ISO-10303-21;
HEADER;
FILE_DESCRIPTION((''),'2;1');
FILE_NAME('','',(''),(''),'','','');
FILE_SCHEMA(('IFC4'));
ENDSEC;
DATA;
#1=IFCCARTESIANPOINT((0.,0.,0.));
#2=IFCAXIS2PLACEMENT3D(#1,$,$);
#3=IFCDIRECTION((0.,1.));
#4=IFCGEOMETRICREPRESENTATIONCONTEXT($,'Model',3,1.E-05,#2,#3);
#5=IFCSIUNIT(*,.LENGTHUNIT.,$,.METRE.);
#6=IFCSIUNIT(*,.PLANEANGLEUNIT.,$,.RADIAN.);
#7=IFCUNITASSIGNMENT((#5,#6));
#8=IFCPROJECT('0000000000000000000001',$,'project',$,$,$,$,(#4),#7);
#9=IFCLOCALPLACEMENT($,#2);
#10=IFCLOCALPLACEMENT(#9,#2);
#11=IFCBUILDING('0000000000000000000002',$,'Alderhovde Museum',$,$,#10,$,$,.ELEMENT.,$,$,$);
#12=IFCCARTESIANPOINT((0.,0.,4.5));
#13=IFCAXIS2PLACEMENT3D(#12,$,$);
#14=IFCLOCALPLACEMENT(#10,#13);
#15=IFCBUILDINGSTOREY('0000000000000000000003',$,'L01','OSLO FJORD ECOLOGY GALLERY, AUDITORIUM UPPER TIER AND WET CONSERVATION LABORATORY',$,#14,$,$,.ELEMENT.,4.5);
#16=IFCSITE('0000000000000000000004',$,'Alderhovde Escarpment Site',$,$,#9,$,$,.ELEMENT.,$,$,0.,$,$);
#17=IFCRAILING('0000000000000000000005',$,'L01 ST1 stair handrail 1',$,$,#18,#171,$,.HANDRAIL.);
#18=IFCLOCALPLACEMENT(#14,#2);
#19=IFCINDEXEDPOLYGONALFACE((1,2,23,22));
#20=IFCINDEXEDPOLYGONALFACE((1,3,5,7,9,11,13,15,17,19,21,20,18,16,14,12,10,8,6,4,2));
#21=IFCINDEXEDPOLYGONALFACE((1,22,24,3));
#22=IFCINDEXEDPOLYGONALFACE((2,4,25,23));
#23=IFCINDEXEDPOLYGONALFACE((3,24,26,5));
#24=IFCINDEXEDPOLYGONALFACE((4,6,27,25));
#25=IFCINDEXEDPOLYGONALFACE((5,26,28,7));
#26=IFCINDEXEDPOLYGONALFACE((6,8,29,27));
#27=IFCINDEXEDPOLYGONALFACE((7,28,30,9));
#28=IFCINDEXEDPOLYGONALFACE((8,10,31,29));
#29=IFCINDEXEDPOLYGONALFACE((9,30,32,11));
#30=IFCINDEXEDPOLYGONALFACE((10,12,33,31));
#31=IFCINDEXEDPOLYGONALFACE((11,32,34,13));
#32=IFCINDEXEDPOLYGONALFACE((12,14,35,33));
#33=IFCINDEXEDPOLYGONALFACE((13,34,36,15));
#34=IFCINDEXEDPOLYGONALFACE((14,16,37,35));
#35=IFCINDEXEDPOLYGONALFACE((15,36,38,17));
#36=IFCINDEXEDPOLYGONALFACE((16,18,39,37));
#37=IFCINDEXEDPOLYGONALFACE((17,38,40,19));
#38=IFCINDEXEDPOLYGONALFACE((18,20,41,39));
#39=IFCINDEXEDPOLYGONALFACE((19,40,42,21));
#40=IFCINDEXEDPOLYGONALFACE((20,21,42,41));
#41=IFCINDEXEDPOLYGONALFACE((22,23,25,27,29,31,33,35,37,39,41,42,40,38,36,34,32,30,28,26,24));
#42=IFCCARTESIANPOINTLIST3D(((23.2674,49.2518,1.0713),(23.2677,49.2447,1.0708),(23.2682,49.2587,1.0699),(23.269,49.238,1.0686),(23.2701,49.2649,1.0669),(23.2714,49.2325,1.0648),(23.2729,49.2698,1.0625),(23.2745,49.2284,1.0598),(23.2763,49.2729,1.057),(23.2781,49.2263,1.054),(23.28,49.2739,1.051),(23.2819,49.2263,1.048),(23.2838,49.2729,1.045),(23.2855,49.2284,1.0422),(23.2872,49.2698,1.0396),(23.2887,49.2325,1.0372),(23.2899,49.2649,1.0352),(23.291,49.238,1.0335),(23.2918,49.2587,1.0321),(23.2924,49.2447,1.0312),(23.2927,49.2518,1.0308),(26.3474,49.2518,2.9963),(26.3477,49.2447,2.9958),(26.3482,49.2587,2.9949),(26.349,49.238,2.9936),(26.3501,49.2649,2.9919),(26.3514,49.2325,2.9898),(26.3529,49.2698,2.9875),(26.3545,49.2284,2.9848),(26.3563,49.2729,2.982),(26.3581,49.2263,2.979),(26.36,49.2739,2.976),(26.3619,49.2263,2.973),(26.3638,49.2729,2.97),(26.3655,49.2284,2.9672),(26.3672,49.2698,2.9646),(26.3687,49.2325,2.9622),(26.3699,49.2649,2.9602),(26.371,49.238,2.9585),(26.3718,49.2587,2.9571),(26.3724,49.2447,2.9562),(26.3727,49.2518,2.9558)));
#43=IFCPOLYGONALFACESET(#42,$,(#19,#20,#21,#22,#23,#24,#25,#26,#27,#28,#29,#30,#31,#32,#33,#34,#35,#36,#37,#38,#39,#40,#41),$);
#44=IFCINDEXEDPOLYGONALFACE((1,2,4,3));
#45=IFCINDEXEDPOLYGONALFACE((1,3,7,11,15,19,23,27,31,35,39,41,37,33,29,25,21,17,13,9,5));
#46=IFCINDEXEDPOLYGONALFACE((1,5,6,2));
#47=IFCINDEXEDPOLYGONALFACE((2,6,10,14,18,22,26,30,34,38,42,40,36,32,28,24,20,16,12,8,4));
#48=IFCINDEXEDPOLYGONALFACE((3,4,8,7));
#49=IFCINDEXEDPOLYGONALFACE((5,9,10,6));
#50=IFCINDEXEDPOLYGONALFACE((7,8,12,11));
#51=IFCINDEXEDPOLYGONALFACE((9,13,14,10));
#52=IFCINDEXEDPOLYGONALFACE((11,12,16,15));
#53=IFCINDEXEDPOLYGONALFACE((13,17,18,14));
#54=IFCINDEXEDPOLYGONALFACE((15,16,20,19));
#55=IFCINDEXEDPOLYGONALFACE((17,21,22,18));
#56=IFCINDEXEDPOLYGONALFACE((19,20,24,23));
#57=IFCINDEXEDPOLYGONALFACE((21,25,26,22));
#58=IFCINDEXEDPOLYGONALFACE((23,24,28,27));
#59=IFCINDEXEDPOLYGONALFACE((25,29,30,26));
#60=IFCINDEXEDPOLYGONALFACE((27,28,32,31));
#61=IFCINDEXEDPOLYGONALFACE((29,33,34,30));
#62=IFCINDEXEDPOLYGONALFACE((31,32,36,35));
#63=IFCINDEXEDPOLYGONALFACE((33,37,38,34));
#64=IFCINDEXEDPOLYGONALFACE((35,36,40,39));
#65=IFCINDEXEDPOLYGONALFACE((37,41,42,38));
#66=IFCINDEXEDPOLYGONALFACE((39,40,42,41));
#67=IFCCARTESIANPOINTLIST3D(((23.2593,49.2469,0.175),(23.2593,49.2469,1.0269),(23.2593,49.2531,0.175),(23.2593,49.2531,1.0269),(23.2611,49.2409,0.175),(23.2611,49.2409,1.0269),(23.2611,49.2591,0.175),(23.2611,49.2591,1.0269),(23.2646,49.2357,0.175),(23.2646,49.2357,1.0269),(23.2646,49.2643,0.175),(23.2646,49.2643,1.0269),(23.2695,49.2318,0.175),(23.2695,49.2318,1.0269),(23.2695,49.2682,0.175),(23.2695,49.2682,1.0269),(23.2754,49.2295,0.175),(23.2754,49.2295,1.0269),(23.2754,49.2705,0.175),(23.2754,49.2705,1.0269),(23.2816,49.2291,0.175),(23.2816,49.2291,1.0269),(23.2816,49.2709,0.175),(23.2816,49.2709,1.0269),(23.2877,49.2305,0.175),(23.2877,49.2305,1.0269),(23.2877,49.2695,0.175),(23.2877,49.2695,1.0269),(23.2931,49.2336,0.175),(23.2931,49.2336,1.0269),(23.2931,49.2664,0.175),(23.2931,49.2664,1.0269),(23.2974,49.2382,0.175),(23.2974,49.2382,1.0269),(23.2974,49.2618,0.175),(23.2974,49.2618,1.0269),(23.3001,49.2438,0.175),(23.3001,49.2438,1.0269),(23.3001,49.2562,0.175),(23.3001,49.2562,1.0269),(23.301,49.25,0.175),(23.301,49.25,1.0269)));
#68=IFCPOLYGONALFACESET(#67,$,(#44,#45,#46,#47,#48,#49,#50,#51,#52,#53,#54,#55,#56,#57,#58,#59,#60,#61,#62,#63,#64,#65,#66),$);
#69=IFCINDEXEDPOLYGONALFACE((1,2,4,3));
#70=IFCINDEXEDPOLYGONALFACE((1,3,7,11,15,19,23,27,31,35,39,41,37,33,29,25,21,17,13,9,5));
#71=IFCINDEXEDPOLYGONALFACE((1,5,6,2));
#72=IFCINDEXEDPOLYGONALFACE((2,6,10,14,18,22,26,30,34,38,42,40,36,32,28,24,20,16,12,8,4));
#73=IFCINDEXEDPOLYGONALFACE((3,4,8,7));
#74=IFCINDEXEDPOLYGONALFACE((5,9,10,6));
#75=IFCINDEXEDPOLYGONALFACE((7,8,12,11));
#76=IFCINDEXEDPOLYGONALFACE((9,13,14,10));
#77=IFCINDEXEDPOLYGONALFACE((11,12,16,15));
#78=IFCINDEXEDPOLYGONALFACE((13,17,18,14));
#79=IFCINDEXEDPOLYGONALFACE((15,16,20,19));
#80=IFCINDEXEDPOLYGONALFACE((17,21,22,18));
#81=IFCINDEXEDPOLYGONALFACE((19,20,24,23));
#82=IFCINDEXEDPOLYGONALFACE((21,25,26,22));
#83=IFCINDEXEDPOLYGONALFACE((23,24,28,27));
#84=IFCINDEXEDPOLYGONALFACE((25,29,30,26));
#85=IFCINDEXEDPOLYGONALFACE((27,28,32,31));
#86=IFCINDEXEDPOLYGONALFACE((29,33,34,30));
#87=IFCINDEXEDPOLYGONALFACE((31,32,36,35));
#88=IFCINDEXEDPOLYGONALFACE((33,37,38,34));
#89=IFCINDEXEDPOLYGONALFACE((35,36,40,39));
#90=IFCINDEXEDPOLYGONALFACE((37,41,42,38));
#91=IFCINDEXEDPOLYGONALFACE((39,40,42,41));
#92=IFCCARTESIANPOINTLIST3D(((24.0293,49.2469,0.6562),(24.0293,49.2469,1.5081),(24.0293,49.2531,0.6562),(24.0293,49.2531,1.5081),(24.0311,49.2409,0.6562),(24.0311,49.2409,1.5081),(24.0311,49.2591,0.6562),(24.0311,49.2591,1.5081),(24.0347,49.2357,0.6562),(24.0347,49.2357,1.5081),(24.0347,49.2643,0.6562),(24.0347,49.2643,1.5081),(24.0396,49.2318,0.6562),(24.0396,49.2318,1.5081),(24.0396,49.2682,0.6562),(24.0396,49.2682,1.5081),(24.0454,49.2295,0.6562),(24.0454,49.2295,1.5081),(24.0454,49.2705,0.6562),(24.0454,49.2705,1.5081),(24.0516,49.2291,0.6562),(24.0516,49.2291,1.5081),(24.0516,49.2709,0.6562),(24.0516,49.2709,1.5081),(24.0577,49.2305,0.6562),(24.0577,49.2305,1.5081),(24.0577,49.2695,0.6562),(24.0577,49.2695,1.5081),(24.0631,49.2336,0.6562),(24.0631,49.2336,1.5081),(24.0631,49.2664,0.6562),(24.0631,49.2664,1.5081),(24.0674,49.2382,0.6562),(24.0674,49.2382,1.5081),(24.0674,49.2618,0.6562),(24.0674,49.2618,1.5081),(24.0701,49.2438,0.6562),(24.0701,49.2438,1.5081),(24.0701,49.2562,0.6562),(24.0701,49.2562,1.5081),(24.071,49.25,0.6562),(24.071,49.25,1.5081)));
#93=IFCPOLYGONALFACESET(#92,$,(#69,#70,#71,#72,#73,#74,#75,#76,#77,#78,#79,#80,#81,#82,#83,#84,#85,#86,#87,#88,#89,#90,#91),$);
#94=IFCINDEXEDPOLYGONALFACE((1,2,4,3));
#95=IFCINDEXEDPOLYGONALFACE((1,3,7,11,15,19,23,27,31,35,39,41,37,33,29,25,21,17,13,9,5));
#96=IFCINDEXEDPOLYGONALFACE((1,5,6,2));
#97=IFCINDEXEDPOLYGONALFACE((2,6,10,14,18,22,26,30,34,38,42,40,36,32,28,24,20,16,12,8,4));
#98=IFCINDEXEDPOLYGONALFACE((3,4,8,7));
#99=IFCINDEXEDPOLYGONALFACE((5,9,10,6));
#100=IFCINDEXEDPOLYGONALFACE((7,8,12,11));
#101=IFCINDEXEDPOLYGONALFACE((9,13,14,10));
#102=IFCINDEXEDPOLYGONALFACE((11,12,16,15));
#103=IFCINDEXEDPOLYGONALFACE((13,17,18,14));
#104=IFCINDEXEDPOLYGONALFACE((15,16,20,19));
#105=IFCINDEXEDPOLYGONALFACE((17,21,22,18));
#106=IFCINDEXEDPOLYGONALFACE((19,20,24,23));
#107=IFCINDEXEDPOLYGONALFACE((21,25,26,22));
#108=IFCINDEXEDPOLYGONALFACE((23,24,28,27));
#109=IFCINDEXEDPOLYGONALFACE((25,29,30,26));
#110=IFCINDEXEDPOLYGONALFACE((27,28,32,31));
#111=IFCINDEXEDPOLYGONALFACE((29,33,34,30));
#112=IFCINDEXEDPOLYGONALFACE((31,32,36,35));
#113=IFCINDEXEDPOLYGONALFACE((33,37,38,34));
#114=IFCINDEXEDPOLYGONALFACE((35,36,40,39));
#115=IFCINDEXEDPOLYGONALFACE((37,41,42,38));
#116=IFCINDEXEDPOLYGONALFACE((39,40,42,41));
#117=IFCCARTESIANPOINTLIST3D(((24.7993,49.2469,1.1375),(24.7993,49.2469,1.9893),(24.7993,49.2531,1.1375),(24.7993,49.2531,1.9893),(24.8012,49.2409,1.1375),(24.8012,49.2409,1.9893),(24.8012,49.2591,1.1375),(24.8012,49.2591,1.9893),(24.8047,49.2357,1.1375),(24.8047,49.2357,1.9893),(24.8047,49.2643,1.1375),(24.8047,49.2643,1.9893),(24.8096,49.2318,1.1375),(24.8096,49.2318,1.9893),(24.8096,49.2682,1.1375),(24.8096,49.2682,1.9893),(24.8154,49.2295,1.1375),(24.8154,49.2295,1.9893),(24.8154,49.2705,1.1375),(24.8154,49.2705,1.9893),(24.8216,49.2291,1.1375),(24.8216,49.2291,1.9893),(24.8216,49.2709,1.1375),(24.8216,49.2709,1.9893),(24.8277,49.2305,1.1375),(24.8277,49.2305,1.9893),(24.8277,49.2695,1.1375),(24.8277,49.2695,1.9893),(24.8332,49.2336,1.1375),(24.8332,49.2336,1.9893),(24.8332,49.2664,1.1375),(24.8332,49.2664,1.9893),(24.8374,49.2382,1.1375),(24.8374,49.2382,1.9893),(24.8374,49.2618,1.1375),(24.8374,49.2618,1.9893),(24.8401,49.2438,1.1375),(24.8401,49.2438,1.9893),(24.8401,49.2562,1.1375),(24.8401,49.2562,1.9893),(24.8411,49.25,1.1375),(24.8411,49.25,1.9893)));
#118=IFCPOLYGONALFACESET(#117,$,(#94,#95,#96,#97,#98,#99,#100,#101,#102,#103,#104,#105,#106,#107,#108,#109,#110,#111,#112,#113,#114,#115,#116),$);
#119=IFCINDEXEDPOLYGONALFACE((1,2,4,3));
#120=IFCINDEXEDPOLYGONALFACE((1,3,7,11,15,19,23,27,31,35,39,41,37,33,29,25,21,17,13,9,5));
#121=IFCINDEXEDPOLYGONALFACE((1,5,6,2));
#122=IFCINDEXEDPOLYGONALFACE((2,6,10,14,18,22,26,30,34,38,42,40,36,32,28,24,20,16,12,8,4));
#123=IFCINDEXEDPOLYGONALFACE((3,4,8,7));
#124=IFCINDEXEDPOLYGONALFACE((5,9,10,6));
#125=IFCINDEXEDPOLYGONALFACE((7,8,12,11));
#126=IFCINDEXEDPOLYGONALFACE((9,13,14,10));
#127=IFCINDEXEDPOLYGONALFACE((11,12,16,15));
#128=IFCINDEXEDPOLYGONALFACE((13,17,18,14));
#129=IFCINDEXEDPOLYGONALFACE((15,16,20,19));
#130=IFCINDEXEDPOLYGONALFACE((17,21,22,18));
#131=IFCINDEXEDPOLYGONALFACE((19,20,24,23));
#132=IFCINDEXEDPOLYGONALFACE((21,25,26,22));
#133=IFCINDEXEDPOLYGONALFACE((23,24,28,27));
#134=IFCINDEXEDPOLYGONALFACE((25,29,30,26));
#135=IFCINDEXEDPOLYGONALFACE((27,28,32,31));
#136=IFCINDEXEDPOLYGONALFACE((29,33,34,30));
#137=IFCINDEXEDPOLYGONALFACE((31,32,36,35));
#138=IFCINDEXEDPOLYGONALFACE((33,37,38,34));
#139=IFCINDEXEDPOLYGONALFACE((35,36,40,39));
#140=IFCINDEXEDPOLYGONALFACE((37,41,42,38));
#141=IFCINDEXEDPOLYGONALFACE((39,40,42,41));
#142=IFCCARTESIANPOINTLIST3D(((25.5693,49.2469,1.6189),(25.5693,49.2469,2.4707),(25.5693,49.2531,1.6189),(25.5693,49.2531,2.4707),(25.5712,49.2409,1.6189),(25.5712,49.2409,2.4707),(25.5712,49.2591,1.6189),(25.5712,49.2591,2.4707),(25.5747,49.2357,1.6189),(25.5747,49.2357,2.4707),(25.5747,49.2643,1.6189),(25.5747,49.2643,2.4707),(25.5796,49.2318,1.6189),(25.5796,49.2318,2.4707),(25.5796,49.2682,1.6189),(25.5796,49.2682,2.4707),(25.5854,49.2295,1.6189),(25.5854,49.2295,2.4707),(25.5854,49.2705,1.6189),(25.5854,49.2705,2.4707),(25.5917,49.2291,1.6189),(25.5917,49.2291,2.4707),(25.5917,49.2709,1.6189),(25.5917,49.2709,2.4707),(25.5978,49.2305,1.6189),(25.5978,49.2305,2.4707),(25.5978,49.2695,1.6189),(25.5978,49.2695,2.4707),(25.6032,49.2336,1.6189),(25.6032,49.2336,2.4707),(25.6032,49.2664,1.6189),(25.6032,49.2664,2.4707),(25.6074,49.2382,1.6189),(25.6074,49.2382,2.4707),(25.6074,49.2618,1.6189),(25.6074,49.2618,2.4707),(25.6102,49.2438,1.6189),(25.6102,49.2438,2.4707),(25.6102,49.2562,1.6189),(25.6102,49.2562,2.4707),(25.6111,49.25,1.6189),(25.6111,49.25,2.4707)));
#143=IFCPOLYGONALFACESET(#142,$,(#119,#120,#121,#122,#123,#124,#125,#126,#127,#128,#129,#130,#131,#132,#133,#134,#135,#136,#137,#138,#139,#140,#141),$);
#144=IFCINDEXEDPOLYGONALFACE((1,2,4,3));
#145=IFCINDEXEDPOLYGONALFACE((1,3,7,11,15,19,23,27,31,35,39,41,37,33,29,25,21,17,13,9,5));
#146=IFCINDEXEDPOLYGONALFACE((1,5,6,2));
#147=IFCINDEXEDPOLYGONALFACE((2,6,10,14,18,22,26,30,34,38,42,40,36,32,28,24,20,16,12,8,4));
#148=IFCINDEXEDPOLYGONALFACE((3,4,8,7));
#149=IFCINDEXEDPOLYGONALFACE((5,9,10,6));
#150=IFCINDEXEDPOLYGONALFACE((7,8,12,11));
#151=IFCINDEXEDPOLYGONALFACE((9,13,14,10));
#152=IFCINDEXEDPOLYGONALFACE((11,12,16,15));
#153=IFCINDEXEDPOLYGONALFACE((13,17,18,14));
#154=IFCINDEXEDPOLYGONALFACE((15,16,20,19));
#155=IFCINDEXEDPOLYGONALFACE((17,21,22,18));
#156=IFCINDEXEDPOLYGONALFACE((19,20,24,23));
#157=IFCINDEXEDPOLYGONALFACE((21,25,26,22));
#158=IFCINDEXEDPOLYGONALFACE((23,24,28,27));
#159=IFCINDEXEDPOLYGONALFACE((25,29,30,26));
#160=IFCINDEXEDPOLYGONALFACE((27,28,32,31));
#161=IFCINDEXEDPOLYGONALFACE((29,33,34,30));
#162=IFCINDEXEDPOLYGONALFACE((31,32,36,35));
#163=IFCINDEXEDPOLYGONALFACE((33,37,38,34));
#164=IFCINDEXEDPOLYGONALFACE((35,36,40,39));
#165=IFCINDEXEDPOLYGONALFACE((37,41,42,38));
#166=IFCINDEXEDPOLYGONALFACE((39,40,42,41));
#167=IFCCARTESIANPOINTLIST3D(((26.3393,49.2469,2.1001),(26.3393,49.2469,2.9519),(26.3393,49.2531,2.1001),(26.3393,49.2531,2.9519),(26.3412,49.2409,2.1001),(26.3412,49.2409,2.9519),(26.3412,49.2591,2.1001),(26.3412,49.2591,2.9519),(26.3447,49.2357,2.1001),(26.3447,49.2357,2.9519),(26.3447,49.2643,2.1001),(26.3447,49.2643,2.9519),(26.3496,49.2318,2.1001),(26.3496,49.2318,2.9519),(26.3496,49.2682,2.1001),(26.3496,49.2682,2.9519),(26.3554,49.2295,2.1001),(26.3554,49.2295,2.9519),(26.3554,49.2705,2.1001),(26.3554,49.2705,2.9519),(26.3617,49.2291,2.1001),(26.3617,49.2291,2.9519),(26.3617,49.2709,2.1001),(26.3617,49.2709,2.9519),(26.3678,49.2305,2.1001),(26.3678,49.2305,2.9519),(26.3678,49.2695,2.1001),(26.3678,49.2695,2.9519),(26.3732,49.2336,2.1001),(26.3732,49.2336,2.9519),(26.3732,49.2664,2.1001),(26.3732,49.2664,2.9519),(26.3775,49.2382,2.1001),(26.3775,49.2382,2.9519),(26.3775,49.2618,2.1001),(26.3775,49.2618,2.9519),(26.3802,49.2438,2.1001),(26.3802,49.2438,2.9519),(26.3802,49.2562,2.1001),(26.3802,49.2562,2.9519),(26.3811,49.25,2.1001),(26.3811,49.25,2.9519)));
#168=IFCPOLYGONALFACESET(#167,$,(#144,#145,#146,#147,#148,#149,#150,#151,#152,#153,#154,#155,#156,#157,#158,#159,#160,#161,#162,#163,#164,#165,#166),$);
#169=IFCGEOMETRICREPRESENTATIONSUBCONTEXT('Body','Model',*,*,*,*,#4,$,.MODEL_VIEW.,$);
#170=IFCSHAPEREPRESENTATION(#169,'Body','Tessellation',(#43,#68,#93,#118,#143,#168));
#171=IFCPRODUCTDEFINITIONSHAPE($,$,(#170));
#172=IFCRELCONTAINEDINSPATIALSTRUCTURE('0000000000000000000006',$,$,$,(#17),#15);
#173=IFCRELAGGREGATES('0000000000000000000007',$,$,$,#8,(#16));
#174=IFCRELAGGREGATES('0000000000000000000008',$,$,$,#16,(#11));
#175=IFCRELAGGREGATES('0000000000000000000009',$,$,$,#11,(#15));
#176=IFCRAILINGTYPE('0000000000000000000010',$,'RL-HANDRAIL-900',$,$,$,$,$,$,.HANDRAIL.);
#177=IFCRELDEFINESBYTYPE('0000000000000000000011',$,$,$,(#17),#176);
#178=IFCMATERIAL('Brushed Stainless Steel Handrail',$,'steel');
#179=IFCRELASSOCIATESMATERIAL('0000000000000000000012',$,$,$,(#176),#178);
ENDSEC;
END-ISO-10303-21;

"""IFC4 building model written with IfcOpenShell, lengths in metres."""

from ifc_helpers import new_model, si_unit, direction, frame, origin, origin_2d, place, context, subcontext, project, spatial, circle, extrude, material, type_object, element, save


model = new_model("IFC4")

# Units and contexts
model_context = context("Model", 3, precision=1e-05, world=origin(), true_north=direction((0.0, 1.0)))
body_context = subcontext(model_context, "Body", "Model", "MODEL_VIEW")
ifc_project = project(units=[si_unit("LENGTHUNIT", "METRE"), si_unit("PLANEANGLEUNIT", "RADIAN")], contexts=[model_context])

# Site, building, storey
site_placement = place(None, origin())
site = spatial("IfcSite", under=ifc_project, at=site_placement, Name="Alderhovde Escarpment Site", CompositionType="ELEMENT", RefElevation=0.0)
building_placement = place(site_placement, origin())
building = spatial("IfcBuilding", under=site, at=building_placement, Name="Alderhovde Museum", CompositionType="ELEMENT")
storey_placement = place(building_placement, frame((0.0, 0.0, 4.5)))
storey = spatial("IfcBuildingStorey", under=building, at=storey_placement, Name="L01", Description="OSLO FJORD ECOLOGY GALLERY, AUDITORIUM UPPER TIER AND WET CONSERVATION LABORATORY", CompositionType="ELEMENT", Elevation=4.5)

# Railing
ifc_material_1 = material(Name="Brushed Stainless Steel Handrail", Category="steel")
railing_type_1 = type_object("IfcRailingType", Name="RL-HANDRAIL-900", PredefinedType="HANDRAIL", material=ifc_material_1)
railing_1_placement = place(storey_placement, frame((23.28, 49.25, 0.175)))
element("IfcRailing", 1, at=railing_1_placement, inside=storey, type_object=railing_type_1, Name="L01 ST1 stair handrail 1", PredefinedType="HANDRAIL", context=body_context, shape_type="SweptSolid", body=[
    extrude(circle(Radius=0.0239, at=origin_2d()), frame((0.0, 0.0, 0.876), z_axis=(0.847998, 0.0, 0.529999), x_axis=(0.0, 1.0, 0.0)), (0.0, 0.0, 1.0), 3.6321),
    extrude(circle(Radius=0.021, at=origin_2d()), origin(), (0.0, 0.0, 1.0), 0.8518),
    extrude(circle(Radius=0.021, at=origin_2d()), frame((0.77, 0.0, 0.4812)), (0.0, 0.0, 1.0), 0.8518),
    extrude(circle(Radius=0.021, at=origin_2d()), frame((1.54, 0.0, 0.9624)), (0.0, 0.0, 1.0), 0.8518),
    extrude(circle(Radius=0.021, at=origin_2d()), frame((2.3101, 0.0, 1.4438)), (0.0, 0.0, 1.0), 0.8518),
    extrude(circle(Radius=0.021, at=origin_2d()), frame((3.0801, 0.0, 1.925)), (0.0, 0.0, 1.0), 0.8518),
])

save(model, "model.ifc")
